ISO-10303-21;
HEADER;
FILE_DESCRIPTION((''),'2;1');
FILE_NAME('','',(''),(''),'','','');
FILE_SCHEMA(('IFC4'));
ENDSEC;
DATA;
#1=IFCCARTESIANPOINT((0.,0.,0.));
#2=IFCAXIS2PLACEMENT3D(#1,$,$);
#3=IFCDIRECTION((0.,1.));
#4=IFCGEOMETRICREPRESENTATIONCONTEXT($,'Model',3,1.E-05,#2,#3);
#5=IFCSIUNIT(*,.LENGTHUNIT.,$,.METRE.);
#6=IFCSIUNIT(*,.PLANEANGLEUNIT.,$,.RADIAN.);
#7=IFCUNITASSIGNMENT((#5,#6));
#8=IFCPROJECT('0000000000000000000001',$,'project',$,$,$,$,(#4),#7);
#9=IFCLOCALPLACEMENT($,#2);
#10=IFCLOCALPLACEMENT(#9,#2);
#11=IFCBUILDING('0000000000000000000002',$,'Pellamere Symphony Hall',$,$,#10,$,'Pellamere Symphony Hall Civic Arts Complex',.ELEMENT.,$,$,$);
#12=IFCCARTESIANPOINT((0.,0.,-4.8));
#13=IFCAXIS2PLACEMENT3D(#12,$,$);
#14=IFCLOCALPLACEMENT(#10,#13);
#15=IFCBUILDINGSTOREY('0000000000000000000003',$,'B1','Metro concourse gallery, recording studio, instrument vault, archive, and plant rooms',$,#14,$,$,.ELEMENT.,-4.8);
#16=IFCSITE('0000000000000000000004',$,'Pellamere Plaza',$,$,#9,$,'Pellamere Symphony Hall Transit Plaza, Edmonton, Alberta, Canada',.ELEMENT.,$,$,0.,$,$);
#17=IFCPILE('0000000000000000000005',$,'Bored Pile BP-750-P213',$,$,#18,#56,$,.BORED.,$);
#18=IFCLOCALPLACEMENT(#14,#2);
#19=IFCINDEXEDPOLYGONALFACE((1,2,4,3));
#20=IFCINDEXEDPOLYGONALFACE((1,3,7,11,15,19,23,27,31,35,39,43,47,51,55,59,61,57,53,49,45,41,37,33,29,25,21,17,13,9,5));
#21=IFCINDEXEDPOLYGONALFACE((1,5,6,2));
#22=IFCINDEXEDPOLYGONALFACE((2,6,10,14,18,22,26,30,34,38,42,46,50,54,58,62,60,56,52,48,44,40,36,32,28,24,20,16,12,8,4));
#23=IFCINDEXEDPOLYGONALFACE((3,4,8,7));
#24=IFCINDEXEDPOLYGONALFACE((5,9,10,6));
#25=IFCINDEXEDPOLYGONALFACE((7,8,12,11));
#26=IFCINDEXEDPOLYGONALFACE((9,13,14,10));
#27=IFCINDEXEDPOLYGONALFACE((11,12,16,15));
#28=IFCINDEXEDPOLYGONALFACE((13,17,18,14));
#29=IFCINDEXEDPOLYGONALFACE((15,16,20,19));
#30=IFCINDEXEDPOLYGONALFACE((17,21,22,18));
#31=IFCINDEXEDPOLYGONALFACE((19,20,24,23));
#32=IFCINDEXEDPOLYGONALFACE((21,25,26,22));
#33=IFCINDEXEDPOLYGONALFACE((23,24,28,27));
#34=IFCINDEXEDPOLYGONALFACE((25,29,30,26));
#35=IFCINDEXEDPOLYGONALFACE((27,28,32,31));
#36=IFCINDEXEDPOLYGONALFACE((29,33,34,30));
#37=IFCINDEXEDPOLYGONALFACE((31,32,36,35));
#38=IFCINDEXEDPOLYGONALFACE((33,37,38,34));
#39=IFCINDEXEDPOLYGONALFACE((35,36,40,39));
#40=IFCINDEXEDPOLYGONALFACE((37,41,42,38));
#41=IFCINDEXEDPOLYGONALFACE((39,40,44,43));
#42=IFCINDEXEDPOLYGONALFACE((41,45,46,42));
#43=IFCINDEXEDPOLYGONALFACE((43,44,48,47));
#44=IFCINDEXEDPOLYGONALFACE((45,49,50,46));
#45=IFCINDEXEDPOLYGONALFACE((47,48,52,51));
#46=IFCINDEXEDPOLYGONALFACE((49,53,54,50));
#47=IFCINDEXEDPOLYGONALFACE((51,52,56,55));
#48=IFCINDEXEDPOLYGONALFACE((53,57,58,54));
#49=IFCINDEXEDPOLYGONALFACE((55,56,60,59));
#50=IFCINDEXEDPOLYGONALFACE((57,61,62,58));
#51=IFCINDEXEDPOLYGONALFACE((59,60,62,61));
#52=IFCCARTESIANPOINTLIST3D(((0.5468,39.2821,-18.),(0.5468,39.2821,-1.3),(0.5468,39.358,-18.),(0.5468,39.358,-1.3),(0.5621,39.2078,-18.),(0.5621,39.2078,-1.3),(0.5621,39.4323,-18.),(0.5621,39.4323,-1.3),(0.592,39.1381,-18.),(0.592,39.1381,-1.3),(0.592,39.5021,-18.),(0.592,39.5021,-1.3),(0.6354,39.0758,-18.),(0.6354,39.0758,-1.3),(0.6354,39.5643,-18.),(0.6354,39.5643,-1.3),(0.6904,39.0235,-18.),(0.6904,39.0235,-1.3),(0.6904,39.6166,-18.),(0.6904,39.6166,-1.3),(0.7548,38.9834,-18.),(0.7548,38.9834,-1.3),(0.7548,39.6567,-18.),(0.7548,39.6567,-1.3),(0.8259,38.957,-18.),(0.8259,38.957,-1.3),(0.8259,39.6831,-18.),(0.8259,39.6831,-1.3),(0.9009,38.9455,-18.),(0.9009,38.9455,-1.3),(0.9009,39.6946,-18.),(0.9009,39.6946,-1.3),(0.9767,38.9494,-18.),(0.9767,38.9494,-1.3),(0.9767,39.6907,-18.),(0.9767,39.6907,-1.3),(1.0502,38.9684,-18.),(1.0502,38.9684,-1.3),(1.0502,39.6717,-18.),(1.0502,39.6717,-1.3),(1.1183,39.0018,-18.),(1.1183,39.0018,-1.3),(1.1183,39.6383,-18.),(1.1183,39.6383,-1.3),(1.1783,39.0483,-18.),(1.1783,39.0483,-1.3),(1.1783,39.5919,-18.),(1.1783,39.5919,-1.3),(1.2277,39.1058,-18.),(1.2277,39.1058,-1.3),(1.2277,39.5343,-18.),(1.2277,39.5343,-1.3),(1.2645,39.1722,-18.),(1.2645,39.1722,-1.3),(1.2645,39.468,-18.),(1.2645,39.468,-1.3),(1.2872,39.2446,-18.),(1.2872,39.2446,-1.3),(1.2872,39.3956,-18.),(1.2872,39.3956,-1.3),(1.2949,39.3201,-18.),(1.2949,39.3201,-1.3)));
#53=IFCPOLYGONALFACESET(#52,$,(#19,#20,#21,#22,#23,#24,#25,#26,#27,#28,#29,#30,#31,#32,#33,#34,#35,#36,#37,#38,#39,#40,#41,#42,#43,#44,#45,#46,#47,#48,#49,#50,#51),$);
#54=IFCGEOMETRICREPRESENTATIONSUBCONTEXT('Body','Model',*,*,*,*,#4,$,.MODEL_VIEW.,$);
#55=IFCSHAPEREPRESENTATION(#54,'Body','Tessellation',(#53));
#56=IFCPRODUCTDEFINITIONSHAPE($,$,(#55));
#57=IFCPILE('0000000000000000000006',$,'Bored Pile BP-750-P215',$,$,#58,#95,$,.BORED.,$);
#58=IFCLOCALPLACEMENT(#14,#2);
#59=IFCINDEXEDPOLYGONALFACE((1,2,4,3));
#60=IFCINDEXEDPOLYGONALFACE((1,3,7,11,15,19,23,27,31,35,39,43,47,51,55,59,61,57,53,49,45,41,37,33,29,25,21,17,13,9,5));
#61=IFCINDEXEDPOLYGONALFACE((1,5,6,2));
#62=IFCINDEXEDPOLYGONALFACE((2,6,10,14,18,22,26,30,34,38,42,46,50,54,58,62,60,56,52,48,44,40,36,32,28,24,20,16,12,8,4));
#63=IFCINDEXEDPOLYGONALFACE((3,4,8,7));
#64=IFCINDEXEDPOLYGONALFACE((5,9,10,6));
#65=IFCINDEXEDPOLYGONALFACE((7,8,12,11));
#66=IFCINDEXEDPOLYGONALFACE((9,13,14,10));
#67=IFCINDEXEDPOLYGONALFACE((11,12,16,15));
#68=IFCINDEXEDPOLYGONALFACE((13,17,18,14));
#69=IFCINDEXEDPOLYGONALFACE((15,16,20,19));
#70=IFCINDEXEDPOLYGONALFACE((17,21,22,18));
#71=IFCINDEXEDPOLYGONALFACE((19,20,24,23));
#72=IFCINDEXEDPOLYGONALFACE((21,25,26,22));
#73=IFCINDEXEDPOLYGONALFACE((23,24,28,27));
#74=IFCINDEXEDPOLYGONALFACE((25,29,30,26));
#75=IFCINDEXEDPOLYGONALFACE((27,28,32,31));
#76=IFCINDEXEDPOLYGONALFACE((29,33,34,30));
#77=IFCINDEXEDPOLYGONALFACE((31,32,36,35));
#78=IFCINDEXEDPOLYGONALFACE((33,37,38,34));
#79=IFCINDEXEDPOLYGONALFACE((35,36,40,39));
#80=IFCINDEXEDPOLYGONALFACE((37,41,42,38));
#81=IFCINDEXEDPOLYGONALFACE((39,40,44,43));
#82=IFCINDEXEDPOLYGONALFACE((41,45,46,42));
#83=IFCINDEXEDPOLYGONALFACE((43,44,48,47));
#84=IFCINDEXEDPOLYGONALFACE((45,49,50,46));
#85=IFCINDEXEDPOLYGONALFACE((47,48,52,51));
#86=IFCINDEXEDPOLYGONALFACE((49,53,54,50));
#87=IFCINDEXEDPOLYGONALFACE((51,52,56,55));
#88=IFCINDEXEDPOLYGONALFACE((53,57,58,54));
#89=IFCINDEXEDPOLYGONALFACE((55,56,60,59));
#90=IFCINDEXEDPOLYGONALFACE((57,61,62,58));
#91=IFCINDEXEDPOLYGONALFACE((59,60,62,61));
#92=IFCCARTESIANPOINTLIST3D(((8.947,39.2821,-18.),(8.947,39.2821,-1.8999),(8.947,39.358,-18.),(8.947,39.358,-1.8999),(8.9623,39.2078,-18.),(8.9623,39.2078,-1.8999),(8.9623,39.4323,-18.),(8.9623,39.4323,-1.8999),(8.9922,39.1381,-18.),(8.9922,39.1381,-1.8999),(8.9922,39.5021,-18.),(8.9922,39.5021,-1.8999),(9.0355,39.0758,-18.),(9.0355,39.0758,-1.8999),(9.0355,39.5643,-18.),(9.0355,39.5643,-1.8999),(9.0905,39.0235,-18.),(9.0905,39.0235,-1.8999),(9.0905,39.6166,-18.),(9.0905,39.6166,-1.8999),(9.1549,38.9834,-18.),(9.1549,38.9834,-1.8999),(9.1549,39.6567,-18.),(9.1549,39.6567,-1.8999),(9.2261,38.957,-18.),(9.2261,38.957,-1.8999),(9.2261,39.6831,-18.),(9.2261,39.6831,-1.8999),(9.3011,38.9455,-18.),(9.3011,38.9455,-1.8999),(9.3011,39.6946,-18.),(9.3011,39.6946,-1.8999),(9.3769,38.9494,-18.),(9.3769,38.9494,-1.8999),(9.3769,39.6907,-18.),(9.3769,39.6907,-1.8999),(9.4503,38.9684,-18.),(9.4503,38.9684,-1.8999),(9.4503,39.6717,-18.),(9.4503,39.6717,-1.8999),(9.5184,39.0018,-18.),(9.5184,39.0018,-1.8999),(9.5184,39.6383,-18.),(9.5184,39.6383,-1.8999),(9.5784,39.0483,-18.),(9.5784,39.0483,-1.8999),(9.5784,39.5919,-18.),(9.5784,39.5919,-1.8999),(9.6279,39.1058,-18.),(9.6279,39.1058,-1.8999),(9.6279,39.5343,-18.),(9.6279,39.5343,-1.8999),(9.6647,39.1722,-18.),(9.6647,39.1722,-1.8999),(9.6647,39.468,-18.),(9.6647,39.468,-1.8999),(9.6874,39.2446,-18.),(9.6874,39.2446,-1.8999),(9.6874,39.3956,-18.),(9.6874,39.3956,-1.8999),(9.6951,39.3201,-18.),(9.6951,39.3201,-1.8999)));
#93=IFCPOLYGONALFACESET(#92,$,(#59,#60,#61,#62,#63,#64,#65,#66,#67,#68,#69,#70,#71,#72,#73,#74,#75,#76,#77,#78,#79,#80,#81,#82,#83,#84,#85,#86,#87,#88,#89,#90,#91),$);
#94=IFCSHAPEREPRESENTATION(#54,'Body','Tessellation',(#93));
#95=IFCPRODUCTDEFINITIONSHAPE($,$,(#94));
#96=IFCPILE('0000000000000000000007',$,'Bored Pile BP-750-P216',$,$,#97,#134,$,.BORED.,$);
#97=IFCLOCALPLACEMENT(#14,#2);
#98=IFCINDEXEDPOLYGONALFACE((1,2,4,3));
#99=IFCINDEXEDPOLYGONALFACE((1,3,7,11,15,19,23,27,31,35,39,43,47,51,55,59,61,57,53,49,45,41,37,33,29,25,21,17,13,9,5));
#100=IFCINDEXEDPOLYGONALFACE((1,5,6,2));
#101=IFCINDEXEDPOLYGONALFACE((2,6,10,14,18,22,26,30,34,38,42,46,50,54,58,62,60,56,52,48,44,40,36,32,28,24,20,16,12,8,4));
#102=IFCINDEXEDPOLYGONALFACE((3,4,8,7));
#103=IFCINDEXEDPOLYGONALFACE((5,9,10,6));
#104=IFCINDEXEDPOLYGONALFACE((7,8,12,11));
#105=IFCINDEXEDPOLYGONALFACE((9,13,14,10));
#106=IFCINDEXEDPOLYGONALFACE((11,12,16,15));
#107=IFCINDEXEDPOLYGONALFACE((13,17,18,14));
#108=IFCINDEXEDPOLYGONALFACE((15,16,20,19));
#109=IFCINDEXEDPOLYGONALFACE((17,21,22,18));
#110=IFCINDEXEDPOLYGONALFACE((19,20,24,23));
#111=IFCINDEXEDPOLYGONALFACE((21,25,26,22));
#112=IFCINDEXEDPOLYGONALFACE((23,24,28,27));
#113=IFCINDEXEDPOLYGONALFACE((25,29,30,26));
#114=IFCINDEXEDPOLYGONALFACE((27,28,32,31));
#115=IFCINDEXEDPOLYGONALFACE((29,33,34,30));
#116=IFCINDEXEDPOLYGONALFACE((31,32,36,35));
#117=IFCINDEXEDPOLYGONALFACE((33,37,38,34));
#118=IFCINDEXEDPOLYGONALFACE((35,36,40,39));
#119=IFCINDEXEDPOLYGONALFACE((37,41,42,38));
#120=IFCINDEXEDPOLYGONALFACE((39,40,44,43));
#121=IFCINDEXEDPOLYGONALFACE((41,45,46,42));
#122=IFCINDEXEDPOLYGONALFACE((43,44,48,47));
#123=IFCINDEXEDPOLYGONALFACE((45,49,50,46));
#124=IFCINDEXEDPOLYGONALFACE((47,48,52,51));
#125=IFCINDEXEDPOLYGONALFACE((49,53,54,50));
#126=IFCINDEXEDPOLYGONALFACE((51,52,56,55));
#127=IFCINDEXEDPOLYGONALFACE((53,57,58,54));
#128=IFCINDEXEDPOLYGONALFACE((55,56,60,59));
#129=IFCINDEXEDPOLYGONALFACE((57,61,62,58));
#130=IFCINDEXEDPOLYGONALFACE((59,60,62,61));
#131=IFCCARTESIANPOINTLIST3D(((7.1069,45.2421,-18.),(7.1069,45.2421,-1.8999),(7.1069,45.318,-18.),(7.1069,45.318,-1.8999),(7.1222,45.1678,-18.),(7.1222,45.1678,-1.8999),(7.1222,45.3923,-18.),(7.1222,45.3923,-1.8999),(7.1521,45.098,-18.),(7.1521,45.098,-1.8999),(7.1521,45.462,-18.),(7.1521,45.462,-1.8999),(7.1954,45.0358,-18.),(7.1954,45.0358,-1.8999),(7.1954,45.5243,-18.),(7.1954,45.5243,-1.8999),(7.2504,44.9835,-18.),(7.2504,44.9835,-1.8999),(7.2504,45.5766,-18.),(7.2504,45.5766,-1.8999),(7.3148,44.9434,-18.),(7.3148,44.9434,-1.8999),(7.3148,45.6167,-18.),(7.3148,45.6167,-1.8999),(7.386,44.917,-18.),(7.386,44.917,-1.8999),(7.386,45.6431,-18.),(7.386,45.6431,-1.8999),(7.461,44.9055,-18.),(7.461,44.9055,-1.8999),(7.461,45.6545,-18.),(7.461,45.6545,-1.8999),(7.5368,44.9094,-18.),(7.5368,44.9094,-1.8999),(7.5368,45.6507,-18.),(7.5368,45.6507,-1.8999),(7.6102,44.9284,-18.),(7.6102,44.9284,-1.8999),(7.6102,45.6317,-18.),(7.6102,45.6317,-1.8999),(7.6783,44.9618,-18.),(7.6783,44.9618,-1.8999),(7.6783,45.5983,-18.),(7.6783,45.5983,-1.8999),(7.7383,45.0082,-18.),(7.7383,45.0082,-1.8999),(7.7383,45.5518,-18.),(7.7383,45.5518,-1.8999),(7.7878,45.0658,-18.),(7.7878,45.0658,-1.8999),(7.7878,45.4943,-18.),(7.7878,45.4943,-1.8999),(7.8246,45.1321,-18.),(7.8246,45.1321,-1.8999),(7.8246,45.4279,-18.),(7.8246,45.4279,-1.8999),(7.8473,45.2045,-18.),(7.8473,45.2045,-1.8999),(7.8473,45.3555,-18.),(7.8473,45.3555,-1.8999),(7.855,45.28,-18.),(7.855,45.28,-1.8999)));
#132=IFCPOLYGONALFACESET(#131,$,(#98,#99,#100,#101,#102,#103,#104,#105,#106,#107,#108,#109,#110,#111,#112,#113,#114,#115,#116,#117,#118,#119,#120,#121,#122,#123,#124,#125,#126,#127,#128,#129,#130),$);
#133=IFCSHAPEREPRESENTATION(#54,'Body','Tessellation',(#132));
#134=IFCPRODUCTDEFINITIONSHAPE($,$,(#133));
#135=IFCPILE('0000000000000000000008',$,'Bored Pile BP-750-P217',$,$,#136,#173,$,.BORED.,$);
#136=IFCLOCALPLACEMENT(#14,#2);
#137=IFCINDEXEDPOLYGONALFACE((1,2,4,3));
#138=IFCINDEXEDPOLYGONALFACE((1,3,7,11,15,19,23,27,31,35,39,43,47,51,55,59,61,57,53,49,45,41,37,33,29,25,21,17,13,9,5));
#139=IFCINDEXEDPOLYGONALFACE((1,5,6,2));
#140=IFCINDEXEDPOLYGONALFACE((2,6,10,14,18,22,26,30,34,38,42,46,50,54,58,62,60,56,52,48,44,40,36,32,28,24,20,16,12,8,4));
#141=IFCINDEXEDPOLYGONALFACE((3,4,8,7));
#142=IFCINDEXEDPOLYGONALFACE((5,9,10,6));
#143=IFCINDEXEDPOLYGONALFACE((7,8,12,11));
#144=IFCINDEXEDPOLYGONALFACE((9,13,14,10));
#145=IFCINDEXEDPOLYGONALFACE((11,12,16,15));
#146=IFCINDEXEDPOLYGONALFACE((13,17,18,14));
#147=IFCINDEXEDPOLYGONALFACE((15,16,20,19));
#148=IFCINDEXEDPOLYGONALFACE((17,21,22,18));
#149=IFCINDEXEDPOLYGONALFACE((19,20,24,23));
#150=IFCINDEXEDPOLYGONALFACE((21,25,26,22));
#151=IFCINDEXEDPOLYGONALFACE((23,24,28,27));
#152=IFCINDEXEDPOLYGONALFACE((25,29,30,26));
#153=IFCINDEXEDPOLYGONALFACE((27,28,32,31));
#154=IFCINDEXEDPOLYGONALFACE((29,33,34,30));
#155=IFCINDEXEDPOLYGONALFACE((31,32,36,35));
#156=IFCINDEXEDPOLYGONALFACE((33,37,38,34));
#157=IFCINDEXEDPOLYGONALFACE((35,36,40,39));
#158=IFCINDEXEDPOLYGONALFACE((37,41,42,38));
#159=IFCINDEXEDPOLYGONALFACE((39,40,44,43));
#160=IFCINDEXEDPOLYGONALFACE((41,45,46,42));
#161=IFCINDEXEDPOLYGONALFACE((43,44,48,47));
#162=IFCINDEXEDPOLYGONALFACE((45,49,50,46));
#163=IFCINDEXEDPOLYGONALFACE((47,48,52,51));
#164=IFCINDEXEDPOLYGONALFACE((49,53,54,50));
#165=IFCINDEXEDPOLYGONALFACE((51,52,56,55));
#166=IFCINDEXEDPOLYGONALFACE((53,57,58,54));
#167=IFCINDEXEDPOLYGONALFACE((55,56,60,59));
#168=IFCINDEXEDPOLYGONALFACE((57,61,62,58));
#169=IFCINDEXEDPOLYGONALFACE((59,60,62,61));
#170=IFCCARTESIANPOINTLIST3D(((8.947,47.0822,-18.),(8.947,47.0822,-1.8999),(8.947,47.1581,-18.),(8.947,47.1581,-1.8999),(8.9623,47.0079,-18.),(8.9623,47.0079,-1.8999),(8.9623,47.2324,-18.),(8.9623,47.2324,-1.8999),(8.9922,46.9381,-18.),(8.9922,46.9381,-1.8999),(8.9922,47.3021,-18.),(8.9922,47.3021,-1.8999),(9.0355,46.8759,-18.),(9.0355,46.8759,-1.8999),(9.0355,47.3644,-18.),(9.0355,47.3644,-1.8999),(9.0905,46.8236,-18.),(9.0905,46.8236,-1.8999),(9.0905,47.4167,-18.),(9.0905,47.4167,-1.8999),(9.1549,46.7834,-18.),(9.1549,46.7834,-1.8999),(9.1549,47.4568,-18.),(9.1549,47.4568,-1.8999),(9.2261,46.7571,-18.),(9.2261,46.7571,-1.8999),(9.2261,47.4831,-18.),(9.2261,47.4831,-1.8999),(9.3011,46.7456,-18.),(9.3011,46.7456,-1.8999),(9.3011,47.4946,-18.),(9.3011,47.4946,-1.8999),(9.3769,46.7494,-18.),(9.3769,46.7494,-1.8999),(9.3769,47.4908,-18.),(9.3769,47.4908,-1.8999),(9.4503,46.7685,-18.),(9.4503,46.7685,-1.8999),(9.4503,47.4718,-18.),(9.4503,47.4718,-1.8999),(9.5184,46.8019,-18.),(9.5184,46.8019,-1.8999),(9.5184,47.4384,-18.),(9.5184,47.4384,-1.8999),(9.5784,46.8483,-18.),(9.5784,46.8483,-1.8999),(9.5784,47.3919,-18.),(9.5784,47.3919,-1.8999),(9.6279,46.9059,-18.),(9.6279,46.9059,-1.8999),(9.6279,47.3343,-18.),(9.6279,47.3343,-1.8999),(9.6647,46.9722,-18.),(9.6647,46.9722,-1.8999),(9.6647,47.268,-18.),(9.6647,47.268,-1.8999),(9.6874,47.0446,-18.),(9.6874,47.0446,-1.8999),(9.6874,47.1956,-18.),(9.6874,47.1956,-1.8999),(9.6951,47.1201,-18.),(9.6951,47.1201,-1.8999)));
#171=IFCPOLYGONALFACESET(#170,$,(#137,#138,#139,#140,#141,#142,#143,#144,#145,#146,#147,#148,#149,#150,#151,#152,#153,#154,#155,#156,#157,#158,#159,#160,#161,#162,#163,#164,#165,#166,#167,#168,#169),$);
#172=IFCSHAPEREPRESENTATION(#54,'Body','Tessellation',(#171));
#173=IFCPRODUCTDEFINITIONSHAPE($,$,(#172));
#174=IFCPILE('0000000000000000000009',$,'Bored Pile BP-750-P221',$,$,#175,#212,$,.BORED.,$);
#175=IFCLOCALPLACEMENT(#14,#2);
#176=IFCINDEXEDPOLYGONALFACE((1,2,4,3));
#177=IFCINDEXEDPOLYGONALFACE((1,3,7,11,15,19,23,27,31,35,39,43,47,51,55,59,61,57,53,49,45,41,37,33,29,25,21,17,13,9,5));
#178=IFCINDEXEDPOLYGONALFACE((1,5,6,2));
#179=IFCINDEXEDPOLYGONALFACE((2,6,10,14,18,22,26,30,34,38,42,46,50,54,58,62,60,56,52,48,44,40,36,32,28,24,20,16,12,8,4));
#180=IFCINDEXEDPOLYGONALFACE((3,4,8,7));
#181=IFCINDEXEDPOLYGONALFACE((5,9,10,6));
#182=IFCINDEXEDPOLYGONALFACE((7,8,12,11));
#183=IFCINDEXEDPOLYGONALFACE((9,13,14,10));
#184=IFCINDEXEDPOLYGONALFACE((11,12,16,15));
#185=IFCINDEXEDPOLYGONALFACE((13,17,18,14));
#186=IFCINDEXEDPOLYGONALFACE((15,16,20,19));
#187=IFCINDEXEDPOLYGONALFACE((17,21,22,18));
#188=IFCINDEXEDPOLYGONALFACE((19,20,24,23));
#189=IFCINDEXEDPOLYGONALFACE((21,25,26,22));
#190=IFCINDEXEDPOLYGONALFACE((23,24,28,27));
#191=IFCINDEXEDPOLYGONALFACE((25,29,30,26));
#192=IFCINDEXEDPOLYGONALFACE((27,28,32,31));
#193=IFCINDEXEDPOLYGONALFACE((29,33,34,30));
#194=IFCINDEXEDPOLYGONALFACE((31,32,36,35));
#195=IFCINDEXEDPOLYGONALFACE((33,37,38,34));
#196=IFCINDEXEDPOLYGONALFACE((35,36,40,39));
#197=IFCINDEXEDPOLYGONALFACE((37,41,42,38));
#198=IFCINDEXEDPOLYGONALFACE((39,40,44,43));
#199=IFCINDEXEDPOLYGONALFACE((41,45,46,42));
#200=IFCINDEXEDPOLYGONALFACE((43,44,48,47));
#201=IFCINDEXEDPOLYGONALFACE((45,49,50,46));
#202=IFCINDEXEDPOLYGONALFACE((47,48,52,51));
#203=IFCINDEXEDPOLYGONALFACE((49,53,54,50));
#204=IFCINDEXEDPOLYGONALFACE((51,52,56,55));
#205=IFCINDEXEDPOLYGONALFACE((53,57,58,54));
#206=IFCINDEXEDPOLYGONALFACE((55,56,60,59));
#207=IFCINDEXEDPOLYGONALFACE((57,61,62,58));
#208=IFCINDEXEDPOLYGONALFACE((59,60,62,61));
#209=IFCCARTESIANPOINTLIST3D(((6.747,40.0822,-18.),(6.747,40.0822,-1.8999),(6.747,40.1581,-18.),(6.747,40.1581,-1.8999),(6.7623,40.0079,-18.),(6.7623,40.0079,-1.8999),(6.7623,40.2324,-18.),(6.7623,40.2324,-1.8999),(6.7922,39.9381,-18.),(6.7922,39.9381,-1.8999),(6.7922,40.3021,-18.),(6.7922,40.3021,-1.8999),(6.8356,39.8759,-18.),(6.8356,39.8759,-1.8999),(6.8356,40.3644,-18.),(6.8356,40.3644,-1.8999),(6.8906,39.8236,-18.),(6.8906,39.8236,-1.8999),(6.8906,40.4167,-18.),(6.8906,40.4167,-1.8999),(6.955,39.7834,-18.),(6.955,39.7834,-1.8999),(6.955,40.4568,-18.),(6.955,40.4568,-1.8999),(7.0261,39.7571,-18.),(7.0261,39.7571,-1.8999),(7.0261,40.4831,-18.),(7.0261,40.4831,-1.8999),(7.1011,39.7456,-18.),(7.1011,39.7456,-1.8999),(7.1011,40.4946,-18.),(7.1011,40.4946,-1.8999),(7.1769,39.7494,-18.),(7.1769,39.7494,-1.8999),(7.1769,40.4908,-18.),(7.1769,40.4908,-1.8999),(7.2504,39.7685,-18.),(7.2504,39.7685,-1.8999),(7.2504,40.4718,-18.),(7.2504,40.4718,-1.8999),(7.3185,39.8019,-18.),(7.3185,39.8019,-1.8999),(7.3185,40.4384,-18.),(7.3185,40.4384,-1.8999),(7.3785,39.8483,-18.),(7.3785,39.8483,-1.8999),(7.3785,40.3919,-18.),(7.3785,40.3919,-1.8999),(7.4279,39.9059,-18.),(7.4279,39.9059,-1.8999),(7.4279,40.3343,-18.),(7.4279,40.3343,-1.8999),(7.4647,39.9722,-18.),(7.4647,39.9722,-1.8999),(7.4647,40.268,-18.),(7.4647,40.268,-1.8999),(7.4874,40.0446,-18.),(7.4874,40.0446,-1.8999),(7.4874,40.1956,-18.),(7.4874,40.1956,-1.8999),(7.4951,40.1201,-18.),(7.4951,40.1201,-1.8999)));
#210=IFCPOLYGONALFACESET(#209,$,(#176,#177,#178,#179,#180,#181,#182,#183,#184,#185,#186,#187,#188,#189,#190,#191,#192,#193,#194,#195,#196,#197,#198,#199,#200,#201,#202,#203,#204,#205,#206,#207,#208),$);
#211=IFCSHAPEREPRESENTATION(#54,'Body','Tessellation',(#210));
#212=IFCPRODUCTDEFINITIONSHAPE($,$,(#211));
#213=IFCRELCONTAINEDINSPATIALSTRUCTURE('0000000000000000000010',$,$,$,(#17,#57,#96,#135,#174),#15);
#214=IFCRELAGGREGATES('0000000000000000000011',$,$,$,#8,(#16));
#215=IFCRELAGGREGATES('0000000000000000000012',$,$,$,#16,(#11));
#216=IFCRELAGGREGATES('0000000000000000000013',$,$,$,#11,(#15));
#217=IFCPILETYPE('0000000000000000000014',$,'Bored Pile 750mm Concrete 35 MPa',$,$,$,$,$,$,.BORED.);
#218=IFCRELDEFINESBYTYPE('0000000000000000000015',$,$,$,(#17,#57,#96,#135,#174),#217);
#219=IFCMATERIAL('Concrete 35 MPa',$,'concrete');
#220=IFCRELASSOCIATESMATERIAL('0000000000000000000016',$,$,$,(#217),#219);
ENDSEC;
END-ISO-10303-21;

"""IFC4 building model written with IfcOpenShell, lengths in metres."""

from ifc_helpers import new_model, si_unit, direction, frame, origin, origin_2d, place, context, subcontext, project, spatial, circle, extrude, material, material_profile, profile_set, type_object, element, save


model = new_model("IFC4")

# Units and contexts
model_context = context("Model", 3, precision=1e-05, world=origin(), true_north=direction((0.0, 1.0)))
body_context = subcontext(model_context, "Body", "Model", "MODEL_VIEW")
ifc_project = project(units=[si_unit("LENGTHUNIT", "METRE"), si_unit("PLANEANGLEUNIT", "RADIAN")], contexts=[model_context])

# Site, building, storey
site_placement = place(None, origin())
site = spatial("IfcSite", under=ifc_project, at=site_placement, Name="Pellamere Plaza", LongName="Pellamere Symphony Hall Transit Plaza, Edmonton, Alberta, Canada", CompositionType="ELEMENT", RefElevation=0.0)
building_placement = place(site_placement, origin())
building = spatial("IfcBuilding", under=site, at=building_placement, Name="Pellamere Symphony Hall", LongName="Pellamere Symphony Hall Civic Arts Complex", CompositionType="ELEMENT")
storey_placement = place(building_placement, frame((0.0, 0.0, -4.8)))
storey = spatial("IfcBuildingStorey", under=building, at=storey_placement, Name="B1", Description="Metro concourse gallery, recording studio, instrument vault, archive, and plant rooms", CompositionType="ELEMENT", Elevation=-4.8)

# Piles
ifc_material_1 = material(Name="Concrete 35 MPa", Category="concrete")
ifc_material_profile_1 = material_profile(ifc_material_1, circle(Radius=0.375, at=origin_2d()), Name="PILE D750")
ifc_profile_set_1 = profile_set([ifc_material_profile_1], Name="Concrete 35 MPa")
pile_type = type_object("IfcPileType", Name="Bored Pile 750mm Concrete 35 MPa", PredefinedType="BORED", material=ifc_profile_set_1)
pile_1_placement = place(storey_placement, frame((0.9199, 39.3201, -1.3), z_axis=(0.0, 0.0, -1.0), x_axis=(1.0, 0.0, 0.0)))
element("IfcPile", 1, at=pile_1_placement, inside=storey, type_object=pile_type, Name="Bored Pile BP-750-P213", PredefinedType="BORED", context=body_context, shape_type="SweptSolid", body=[
    extrude(circle(Radius=0.375, at=origin_2d()), origin(), (0.0, 0.0, 1.0), 16.7),
])
for number, where, z_axis, x_axis, name in (
    (2, (9.3201, 39.3201, -1.8999), (0.0, 0.0, -1.0), (1.0, 0.0, 0.0), "Bored Pile BP-750-P215"),
    (3, (7.48, 45.28, -1.8999), (0.0, 0.0, -1.0), (1.0, 0.0, 0.0), "Bored Pile BP-750-P216"),
    (4, (9.3201, 47.1201, -1.8999), (0.0, 0.0, -1.0), (1.0, 0.0, 0.0), "Bored Pile BP-750-P217"),
    (5, (7.1201, 40.1201, -1.8999), (0.0, 0.0, -1.0), (1.0, 0.0, 0.0), "Bored Pile BP-750-P221"),
):
    element("IfcPile", number, at=place(storey_placement, frame(where, z_axis=z_axis, x_axis=x_axis)), inside=storey, type_object=pile_type, Name=name, PredefinedType="BORED", context=body_context, shape_type="SweptSolid", body=[
        extrude(circle(Radius=0.375, at=origin_2d()), origin(), (0.0, 0.0, 1.0), 16.1001),
    ])

save(model, "model.ifc")
